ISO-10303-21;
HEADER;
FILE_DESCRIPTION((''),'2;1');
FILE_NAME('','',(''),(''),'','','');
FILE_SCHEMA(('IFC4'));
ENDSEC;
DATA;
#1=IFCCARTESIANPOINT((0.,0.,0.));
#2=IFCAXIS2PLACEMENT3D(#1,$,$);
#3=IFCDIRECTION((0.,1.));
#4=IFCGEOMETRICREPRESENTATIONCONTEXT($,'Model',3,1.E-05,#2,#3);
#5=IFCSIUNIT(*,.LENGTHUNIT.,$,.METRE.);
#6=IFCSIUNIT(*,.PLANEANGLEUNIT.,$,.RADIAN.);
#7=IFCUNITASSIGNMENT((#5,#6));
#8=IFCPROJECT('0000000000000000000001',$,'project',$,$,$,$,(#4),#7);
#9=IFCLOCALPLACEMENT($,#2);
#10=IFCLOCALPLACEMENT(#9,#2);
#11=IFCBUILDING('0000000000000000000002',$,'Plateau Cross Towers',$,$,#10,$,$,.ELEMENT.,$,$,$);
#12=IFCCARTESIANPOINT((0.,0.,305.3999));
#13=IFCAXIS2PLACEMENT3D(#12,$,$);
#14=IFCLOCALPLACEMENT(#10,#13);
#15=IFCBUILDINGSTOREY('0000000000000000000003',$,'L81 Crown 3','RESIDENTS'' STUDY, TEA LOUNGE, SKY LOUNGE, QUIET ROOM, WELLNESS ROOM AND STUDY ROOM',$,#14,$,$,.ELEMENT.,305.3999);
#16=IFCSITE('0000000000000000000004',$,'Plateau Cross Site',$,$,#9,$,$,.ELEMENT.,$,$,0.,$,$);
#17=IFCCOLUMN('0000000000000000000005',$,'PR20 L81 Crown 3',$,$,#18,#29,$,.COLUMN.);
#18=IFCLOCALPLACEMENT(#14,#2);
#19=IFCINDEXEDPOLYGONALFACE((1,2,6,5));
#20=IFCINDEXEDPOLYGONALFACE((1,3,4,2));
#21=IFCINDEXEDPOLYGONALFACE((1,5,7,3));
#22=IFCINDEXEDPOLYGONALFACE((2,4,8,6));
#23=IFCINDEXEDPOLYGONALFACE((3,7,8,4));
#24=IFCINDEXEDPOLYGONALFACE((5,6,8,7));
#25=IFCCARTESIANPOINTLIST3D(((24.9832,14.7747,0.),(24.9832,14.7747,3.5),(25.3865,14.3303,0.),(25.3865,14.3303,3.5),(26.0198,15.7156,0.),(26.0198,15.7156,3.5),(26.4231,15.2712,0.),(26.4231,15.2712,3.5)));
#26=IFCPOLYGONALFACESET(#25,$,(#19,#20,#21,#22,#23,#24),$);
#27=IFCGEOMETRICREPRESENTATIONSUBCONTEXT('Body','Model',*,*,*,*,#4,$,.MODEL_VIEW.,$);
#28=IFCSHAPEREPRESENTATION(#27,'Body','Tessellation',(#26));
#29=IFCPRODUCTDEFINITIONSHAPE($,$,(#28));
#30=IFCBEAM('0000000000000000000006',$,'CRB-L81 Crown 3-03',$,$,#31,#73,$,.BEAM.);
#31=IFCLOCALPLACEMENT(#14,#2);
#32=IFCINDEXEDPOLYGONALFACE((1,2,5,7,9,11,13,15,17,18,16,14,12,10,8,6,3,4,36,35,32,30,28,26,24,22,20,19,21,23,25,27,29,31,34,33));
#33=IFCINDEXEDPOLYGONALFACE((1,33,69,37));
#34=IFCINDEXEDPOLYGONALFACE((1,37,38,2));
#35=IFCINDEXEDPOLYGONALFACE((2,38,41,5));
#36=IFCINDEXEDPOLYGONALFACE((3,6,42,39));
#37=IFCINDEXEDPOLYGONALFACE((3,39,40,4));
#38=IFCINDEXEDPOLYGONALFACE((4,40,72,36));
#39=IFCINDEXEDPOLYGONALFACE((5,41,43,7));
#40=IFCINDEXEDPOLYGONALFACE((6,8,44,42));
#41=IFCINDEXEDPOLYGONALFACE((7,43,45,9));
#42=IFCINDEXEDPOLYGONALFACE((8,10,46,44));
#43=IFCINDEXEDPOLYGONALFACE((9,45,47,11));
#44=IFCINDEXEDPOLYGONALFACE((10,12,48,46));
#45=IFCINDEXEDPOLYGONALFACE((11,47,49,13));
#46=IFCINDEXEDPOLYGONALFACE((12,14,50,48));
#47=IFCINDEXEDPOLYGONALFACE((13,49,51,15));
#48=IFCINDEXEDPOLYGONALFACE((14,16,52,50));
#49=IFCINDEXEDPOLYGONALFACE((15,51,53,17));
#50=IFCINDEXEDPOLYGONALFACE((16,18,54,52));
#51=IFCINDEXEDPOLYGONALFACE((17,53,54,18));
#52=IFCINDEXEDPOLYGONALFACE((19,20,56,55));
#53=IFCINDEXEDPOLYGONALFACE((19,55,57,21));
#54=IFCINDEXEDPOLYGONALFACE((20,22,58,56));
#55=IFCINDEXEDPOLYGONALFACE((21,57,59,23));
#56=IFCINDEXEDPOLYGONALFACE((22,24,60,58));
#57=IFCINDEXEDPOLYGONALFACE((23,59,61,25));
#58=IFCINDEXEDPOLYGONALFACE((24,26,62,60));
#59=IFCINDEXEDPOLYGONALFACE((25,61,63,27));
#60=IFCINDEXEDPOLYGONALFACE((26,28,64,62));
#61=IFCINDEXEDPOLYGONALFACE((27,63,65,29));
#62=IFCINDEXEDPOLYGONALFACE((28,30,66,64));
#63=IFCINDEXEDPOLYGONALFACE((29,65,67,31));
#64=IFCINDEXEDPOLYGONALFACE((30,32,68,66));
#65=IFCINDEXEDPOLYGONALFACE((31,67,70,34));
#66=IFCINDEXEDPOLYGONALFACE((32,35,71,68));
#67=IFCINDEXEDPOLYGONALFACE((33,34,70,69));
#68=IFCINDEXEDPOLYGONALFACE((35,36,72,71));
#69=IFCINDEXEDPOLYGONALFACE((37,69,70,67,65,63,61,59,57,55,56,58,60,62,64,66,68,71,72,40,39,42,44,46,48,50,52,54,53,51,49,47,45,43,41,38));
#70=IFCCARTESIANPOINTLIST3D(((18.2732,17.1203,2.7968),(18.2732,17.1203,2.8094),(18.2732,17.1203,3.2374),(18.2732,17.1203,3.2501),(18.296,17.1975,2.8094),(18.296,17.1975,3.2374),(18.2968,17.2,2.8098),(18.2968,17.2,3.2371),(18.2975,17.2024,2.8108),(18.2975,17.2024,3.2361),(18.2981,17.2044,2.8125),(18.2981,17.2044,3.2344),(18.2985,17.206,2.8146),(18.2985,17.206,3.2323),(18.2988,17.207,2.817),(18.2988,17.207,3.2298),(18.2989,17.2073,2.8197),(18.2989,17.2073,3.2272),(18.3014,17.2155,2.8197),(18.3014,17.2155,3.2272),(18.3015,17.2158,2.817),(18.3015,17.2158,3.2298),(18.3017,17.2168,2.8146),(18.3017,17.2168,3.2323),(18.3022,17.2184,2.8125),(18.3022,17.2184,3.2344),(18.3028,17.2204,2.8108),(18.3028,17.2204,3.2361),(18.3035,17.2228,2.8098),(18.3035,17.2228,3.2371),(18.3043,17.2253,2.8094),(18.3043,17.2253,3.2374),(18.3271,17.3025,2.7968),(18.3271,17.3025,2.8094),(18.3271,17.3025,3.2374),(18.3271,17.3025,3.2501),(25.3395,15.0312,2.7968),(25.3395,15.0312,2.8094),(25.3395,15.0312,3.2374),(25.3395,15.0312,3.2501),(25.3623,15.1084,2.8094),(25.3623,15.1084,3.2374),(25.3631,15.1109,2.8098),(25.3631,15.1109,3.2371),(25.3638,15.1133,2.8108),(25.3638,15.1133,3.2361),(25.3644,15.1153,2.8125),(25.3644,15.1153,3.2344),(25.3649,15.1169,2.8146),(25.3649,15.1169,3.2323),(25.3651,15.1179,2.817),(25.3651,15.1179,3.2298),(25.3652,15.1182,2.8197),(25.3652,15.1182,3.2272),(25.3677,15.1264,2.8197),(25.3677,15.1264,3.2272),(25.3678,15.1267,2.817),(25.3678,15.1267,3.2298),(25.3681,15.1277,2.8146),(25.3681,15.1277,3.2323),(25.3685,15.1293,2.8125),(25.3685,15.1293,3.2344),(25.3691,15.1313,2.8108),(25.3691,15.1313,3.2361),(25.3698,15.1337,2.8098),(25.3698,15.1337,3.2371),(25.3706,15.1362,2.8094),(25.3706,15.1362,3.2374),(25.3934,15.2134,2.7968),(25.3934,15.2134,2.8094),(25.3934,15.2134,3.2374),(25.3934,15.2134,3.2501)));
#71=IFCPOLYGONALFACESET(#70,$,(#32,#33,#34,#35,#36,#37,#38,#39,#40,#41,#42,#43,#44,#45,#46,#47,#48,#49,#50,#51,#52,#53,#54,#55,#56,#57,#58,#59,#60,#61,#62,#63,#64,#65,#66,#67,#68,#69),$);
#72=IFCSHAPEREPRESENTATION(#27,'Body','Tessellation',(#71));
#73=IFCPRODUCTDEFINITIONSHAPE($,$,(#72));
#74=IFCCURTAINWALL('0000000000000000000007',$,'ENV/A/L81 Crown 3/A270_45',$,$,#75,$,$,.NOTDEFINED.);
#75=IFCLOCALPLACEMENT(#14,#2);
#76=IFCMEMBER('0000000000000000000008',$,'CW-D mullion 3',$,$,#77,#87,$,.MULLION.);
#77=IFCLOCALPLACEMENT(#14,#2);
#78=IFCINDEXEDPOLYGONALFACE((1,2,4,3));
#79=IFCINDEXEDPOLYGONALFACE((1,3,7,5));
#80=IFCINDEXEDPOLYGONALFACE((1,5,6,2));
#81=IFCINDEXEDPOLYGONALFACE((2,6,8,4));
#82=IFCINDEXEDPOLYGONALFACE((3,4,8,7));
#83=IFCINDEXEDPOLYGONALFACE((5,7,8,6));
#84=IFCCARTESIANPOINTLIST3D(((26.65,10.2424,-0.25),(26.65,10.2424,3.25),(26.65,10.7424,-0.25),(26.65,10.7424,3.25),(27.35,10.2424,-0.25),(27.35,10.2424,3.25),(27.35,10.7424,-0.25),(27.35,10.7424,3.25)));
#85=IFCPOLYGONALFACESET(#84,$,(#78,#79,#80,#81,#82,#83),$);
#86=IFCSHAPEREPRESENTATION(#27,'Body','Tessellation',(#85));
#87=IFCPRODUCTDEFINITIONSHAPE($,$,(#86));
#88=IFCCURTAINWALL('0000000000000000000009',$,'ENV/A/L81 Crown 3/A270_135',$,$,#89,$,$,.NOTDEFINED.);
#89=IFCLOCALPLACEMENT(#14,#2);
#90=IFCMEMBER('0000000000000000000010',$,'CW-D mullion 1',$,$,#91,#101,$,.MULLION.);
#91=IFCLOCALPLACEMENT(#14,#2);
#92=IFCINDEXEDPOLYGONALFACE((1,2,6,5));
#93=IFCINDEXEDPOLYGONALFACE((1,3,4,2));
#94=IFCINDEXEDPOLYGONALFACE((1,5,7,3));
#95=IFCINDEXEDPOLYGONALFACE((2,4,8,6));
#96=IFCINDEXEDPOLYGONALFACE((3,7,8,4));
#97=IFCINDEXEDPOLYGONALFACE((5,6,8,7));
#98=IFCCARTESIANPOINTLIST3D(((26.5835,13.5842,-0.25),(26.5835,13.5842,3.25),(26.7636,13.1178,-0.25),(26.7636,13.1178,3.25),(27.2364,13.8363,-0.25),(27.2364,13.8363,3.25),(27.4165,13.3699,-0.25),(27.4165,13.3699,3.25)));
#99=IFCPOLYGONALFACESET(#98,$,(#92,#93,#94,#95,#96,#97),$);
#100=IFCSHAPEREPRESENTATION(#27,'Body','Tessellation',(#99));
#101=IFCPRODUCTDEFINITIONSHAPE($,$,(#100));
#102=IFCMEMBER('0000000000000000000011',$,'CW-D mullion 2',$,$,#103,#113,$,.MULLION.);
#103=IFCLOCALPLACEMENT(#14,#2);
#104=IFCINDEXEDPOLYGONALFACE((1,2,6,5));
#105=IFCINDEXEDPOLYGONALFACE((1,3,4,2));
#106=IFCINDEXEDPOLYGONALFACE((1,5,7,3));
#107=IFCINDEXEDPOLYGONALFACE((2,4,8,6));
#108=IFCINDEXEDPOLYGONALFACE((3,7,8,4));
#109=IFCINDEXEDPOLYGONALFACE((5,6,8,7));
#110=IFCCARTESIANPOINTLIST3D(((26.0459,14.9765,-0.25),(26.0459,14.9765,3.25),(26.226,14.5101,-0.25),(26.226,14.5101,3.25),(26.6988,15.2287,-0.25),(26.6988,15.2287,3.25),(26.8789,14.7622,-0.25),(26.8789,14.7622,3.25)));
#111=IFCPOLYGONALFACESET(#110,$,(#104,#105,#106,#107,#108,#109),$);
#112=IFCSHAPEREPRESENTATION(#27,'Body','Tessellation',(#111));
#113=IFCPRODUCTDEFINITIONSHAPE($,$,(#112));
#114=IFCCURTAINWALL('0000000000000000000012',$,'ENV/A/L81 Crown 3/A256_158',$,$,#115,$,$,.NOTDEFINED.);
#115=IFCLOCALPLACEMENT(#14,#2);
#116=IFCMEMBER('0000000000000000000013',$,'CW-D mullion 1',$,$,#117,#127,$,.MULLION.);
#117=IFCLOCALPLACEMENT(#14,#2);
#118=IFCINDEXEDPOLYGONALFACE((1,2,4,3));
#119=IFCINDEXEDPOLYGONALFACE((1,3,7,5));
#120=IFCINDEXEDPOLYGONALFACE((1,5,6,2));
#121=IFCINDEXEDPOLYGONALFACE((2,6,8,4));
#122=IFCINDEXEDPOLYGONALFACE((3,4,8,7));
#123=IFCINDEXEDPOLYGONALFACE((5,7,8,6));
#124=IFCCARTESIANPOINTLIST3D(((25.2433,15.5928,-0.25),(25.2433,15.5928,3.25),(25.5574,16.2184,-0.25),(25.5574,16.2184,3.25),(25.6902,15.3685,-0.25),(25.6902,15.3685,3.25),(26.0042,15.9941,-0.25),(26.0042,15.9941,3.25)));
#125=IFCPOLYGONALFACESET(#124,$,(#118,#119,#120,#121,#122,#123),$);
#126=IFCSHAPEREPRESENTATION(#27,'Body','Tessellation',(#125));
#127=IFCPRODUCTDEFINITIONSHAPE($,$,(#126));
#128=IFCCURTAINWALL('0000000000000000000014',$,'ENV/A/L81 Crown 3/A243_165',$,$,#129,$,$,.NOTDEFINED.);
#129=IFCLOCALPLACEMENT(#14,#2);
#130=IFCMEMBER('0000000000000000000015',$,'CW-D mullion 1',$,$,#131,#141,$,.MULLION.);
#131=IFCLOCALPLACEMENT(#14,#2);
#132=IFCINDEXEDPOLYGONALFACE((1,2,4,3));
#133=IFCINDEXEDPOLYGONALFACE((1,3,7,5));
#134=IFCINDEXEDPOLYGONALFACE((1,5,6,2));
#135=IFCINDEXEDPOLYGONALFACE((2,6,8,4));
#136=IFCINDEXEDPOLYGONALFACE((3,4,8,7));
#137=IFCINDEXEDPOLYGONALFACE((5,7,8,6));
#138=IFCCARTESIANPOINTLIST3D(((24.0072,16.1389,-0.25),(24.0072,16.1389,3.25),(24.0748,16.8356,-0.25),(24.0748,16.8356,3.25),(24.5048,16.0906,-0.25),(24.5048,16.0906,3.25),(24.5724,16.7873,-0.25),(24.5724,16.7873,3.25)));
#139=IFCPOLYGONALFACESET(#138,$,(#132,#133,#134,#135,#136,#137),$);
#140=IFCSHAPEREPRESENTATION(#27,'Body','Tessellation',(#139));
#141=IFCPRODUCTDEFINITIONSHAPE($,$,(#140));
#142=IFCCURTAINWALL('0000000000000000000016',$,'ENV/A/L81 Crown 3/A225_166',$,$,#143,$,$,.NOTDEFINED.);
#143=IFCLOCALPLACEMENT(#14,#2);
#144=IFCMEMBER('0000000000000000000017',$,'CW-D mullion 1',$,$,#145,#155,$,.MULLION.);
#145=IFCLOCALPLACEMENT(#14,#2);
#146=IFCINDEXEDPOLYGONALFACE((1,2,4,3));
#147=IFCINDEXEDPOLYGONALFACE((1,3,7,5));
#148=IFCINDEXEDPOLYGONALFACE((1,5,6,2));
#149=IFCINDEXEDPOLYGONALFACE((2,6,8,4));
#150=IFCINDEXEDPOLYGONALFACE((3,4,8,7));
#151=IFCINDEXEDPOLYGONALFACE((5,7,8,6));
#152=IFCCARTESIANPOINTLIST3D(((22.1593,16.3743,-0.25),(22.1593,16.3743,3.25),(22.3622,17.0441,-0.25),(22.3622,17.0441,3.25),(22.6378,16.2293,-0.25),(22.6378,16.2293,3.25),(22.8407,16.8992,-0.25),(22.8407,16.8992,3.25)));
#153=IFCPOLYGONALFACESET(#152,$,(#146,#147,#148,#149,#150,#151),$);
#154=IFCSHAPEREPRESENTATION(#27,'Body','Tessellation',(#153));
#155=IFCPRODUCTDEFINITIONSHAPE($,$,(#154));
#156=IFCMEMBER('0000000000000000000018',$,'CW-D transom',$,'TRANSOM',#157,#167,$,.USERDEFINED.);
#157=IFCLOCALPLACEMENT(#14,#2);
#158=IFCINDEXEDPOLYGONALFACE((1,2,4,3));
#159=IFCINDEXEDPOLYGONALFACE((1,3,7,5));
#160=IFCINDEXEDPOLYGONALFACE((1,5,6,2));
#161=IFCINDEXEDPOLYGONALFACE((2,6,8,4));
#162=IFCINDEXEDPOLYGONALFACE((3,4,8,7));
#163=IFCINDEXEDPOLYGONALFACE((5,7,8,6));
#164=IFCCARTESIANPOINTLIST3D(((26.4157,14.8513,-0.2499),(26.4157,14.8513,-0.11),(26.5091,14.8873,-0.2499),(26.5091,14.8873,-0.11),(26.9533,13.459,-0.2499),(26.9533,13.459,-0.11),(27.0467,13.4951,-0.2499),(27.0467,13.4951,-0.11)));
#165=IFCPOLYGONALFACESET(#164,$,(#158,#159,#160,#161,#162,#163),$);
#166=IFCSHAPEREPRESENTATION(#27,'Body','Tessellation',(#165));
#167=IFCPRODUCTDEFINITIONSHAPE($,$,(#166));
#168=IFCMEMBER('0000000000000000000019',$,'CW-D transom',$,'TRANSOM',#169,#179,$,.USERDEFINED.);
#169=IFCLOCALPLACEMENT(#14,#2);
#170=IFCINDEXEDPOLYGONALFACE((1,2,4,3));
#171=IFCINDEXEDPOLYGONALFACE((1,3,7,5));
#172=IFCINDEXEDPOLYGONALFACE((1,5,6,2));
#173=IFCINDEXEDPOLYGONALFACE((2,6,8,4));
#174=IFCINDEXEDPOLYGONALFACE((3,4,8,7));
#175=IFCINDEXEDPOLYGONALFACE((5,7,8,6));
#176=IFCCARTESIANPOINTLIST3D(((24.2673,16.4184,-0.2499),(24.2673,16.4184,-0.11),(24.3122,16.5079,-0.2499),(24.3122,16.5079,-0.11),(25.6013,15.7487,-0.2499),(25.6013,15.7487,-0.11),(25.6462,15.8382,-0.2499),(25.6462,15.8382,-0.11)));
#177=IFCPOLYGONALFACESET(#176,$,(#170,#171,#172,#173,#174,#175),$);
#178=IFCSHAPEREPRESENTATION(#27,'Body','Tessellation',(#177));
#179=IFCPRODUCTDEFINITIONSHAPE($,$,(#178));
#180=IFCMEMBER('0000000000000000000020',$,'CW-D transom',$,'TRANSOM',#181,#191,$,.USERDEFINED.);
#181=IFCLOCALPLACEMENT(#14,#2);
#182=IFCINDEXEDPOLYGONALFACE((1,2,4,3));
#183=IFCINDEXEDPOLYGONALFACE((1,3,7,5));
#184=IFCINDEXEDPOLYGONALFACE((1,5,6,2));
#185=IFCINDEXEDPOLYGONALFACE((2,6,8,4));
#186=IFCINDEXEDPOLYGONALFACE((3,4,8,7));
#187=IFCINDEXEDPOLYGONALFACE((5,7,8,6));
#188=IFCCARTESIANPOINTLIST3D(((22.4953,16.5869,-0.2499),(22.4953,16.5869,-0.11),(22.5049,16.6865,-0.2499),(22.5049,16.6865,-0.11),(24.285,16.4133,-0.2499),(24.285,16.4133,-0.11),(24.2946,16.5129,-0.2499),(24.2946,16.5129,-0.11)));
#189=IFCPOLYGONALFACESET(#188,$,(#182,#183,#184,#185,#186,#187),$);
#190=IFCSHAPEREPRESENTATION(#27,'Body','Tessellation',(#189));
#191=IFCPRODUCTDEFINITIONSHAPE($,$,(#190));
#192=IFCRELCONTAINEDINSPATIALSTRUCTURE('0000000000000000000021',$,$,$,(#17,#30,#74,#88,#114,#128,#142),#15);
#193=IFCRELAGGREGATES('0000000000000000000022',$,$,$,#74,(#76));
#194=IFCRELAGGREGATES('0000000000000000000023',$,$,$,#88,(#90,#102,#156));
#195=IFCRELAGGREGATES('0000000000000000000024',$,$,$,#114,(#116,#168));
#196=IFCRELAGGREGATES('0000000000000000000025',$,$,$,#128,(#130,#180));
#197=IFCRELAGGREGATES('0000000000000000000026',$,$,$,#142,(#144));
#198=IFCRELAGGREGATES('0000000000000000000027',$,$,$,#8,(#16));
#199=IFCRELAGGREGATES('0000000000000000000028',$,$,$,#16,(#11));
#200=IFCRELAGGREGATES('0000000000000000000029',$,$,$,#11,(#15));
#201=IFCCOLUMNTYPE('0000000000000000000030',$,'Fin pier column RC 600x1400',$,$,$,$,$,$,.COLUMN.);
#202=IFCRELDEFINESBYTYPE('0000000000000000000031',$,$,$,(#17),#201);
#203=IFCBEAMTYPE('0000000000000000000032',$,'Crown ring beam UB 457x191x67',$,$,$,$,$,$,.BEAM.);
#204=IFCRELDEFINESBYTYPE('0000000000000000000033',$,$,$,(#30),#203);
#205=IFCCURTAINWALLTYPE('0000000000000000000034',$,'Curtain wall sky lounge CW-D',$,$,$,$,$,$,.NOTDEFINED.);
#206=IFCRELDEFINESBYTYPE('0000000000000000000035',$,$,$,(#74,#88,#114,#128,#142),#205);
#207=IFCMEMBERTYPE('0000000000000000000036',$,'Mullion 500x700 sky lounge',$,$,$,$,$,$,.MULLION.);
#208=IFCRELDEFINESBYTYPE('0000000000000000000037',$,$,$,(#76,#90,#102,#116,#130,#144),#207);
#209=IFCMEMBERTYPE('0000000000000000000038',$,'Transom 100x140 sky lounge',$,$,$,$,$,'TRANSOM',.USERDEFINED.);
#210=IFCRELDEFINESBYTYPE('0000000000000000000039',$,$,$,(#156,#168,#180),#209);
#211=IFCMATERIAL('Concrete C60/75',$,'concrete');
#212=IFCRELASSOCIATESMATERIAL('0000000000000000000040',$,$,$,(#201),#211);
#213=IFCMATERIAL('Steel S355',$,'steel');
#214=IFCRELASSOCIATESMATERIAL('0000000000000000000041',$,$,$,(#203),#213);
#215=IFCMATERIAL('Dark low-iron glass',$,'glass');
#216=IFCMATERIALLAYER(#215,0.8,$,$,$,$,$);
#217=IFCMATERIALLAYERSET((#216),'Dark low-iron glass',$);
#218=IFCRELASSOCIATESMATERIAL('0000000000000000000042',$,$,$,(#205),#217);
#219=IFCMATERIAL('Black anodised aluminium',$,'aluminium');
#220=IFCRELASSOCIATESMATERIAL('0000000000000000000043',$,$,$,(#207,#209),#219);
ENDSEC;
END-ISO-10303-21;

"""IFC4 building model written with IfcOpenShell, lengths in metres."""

from ifc_helpers import new_model, si_unit, direction, frame, origin, origin_2d, place, context, subcontext, project, spatial, rectangle, i_section, extrude, material, layer, layer_set, material_profile, profile_set, type_object, element, aggregate, save


model = new_model("IFC4")

# Units and contexts
model_context = context("Model", 3, precision=1e-05, world=origin(), true_north=direction((0.0, 1.0)))
body_context = subcontext(model_context, "Body", "Model", "MODEL_VIEW")
ifc_project = project(units=[si_unit("LENGTHUNIT", "METRE"), si_unit("PLANEANGLEUNIT", "RADIAN")], contexts=[model_context])

# Site, building, storey
site_placement = place(None, origin())
site = spatial("IfcSite", under=ifc_project, at=site_placement, Name="Plateau Cross Site", CompositionType="ELEMENT", RefElevation=0.0)
building_placement = place(site_placement, origin())
building = spatial("IfcBuilding", under=site, at=building_placement, Name="Plateau Cross Towers", CompositionType="ELEMENT")
storey_placement = place(building_placement, frame((0.0, 0.0, 305.3999)))
storey = spatial("IfcBuildingStorey", under=building, at=storey_placement, Name="L81 Crown 3", Description="RESIDENTS' STUDY, TEA LOUNGE, SKY LOUNGE, QUIET ROOM, WELLNESS ROOM AND STUDY ROOM", CompositionType="ELEMENT", Elevation=305.3999)

# Column
ifc_material_1 = material(Name="Concrete C60/75", Category="concrete")
ifc_material_profile_1 = material_profile(ifc_material_1, rectangle(XDim=0.6001, YDim=1.3999, at=origin_2d()), Name="RC 600x1400")
ifc_profile_set_1 = profile_set([ifc_material_profile_1], Name="Concrete C60/75")
column_type = type_object("IfcColumnType", Name="Fin pier column RC 600x1400", PredefinedType="COLUMN", material=ifc_profile_set_1)
column_placement = place(storey_placement, frame((25.7031, 15.0229, 0.0), z_axis=(0.0, 0.0, 1.0), x_axis=(-0.672084, 0.740475, 0.0)))
element("IfcColumn", 1, at=column_placement, inside=storey, type_object=column_type, Name="PR20 L81 Crown 3", PredefinedType="COLUMN", context=body_context, shape_type="SweptSolid", body=[
    extrude(rectangle(XDim=0.6001, YDim=1.3999, at=origin_2d()), origin(), (0.0, 0.0, 1.0), 3.5),
])

# Beam
ifc_material_2 = material(Name="Steel S355", Category="steel")
ifc_material_profile_2 = material_profile(ifc_material_2, i_section(OverallWidth=0.1899, OverallDepth=0.4534, WebThickness=0.0085, FlangeThickness=0.0127, FilletRadius=0.0103, at=origin_2d()), Name="UB 457x191x67")
ifc_profile_set_2 = profile_set([ifc_material_profile_2], Name="Steel S355")
beam_type = type_object("IfcBeamType", Name="Crown ring beam UB 457x191x67", PredefinedType="BEAM", material=ifc_profile_set_2)
beam_placement = place(storey_placement, frame((25.3665, 15.1223, 3.0234), z_axis=(-0.958969, 0.28351, 0.0), x_axis=(-0.28351, -0.958969, 0.0)))
element("IfcBeam", 2, at=beam_placement, inside=storey, type_object=beam_type, Name="CRB-L81 Crown 3-03", PredefinedType="BEAM", context=body_context, shape_type="SweptSolid", body=[
    extrude(i_section(OverallWidth=0.1899, OverallDepth=0.4534, WebThickness=0.0085, FlangeThickness=0.0127, FilletRadius=0.0103, at=origin_2d()), origin(), (0.0, 0.0, 1.0), 7.3687),
])

# Curtain wall, member
ifc_material_3 = material(Name="Dark low-iron glass", Category="glass")
ifc_layer_1 = layer(ifc_material_3, 0.8)
ifc_layer_set_1 = layer_set([ifc_layer_1], Name="Dark low-iron glass")
curtain_wall_type = type_object("IfcCurtainWallType", Name="Curtain wall sky lounge CW-D", PredefinedType="NOTDEFINED", material=ifc_layer_set_1)
curtain_wall_1_placement = place(storey_placement, origin())
curtain_wall_1 = element("IfcCurtainWall", 3, at=curtain_wall_1_placement, inside=storey, type_object=curtain_wall_type, Name="ENV/A/L81 Crown 3/A270_45", PredefinedType="NOTDEFINED")
ifc_material_4 = material(Name="Black anodised aluminium", Category="aluminium")
ifc_material_profile_3 = material_profile(ifc_material_4, rectangle(XDim=0.5, YDim=0.7, at=origin_2d()), Name="MULLION 500x700")
ifc_profile_set_3 = profile_set([ifc_material_profile_3], Name="Black anodised aluminium")
member_type_1 = type_object("IfcMemberType", Name="Mullion 500x700 sky lounge", PredefinedType="MULLION", material=ifc_profile_set_3)
member_1_placement = place(storey_placement, frame((27.0, 10.4924, -0.25), z_axis=(0.0, 0.0, 1.0), x_axis=(0.0, 1.0, 0.0)))
member_1 = element("IfcMember", 4, at=member_1_placement, type_object=member_type_1, Name="CW-D mullion 3", PredefinedType="MULLION", context=body_context, shape_type="SweptSolid", body=[
    extrude(rectangle(XDim=0.5, YDim=0.7, at=origin_2d()), origin(), (0.0, 0.0, 1.0), 3.5),
])

# Curtain wall, members
curtain_wall_2_placement = place(storey_placement, origin())
curtain_wall_2 = element("IfcCurtainWall", 5, at=curtain_wall_2_placement, inside=storey, type_object=curtain_wall_type, Name="ENV/A/L81 Crown 3/A270_135", PredefinedType="NOTDEFINED")
member_2_placement = place(storey_placement, frame((27.0, 13.4771, -0.25), z_axis=(0.0, 0.0, 1.0), x_axis=(-0.360226, 0.932865, 0.0)))
member_2 = element("IfcMember", 6, at=member_2_placement, type_object=member_type_1, Name="CW-D mullion 1", PredefinedType="MULLION", context=body_context, shape_type="SweptSolid", body=[
    extrude(rectangle(XDim=0.5, YDim=0.7, at=origin_2d()), origin(), (0.0, 0.0, 1.0), 3.5),
])
member_3_placement = place(storey_placement, frame((26.4624, 14.8694, -0.25), z_axis=(0.0, 0.0, 1.0), x_axis=(-0.360226, 0.932865, 0.0)))
member_3 = element("IfcMember", 7, at=member_3_placement, type_object=member_type_1, Name="CW-D mullion 2", PredefinedType="MULLION", context=body_context, shape_type="SweptSolid", body=[
    extrude(rectangle(XDim=0.5, YDim=0.7, at=origin_2d()), origin(), (0.0, 0.0, 1.0), 3.5),
])

# Curtain walls, members
curtain_wall_3_placement = place(storey_placement, origin())
curtain_wall_3 = element("IfcCurtainWall", 8, at=curtain_wall_3_placement, inside=storey, type_object=curtain_wall_type, Name="ENV/A/L81 Crown 3/A256_158", PredefinedType="NOTDEFINED")
member_4_placement = place(storey_placement, frame((25.6238, 15.7935, -0.25), z_axis=(0.0, 0.0, 1.0), x_axis=(-0.893702, 0.448661, 0.0)))
member_4 = element("IfcMember", 9, at=member_4_placement, type_object=member_type_1, Name="CW-D mullion 1", PredefinedType="MULLION", context=body_context, shape_type="SweptSolid", body=[
    extrude(rectangle(XDim=0.5, YDim=0.7, at=origin_2d()), origin(), (0.0, 0.0, 1.0), 3.5),
])
curtain_wall_4_placement = place(storey_placement, origin())
curtain_wall_4 = element("IfcCurtainWall", 10, at=curtain_wall_4_placement, inside=storey, type_object=curtain_wall_type, Name="ENV/A/L81 Crown 3/A243_165", PredefinedType="NOTDEFINED")
member_5_placement = place(storey_placement, frame((24.2898, 16.4631, -0.25), z_axis=(0.0, 0.0, 1.0), x_axis=(-0.995323, 0.096606, 0.0)))
member_5 = element("IfcMember", 11, at=member_5_placement, type_object=member_type_1, Name="CW-D mullion 1", PredefinedType="MULLION", context=body_context, shape_type="SweptSolid", body=[
    extrude(rectangle(XDim=0.5, YDim=0.7, at=origin_2d()), origin(), (0.0, 0.0, 1.0), 3.5),
])
curtain_wall_5_placement = place(storey_placement, origin())
curtain_wall_5 = element("IfcCurtainWall", 12, at=curtain_wall_5_placement, inside=storey, type_object=curtain_wall_type, Name="ENV/A/L81 Crown 3/A225_166", PredefinedType="NOTDEFINED")
member_6_placement = place(storey_placement, frame((22.5, 16.6367, -0.25), z_axis=(0.0, 0.0, 1.0), x_axis=(-0.957048, 0.289928, 0.0)))
member_6 = element("IfcMember", 13, at=member_6_placement, type_object=member_type_1, Name="CW-D mullion 1", PredefinedType="MULLION", context=body_context, shape_type="SweptSolid", body=[
    extrude(rectangle(XDim=0.5, YDim=0.7, at=origin_2d()), origin(), (0.0, 0.0, 1.0), 3.5),
])

# Members
ifc_material_profile_4 = material_profile(ifc_material_4, rectangle(XDim=0.1001, YDim=0.1399, at=origin_2d()), Name="TRANSOM 100x140")
ifc_profile_set_4 = profile_set([ifc_material_profile_4], Name="Black anodised aluminium")
member_type_2 = type_object("IfcMemberType", Name="Transom 100x140 sky lounge", ElementType="TRANSOM", PredefinedType="USERDEFINED", material=ifc_profile_set_4)
member_7_placement = place(storey_placement, frame((27.0, 13.4771, -0.1799), z_axis=(-0.360195, 0.932877, 0.0), x_axis=(-0.932877, -0.360195, 0.0)))
member_7 = element("IfcMember", 14, at=member_7_placement, type_object=member_type_2, Name="CW-D transom", ObjectType="TRANSOM", PredefinedType="USERDEFINED", context=body_context, shape_type="SweptSolid", body=[
    extrude(rectangle(XDim=0.1001, YDim=0.1399, at=origin_2d()), origin(), (0.0, 0.0, 1.0), 1.4924),
])
member_8_placement = place(storey_placement, frame((25.6238, 15.7935, -0.1799), z_axis=(-0.893706, 0.448652, 0.0), x_axis=(-0.448652, -0.893706, 0.0)))
member_8 = element("IfcMember", 15, at=member_8_placement, type_object=member_type_2, Name="CW-D transom", ObjectType="TRANSOM", PredefinedType="USERDEFINED", context=body_context, shape_type="SweptSolid", body=[
    extrude(rectangle(XDim=0.1001, YDim=0.1399, at=origin_2d()), origin(), (0.0, 0.0, 1.0), 1.4927),
])
member_9_placement = place(storey_placement, frame((24.2898, 16.4631, -0.1799), z_axis=(-0.99533, 0.096532, 0.0), x_axis=(-0.096532, -0.99533, 0.0)))
member_9 = element("IfcMember", 16, at=member_9_placement, type_object=member_type_2, Name="CW-D transom", ObjectType="TRANSOM", PredefinedType="USERDEFINED", context=body_context, shape_type="SweptSolid", body=[
    extrude(rectangle(XDim=0.1001, YDim=0.1399, at=origin_2d()), origin(), (0.0, 0.0, 1.0), 1.7981),
])

aggregate(curtain_wall_1, [member_1])
aggregate(curtain_wall_2, [member_2, member_3, member_7])
aggregate(curtain_wall_3, [member_4, member_8])
aggregate(curtain_wall_4, [member_5, member_9])
aggregate(curtain_wall_5, [member_6])

save(model, "model.ifc")
